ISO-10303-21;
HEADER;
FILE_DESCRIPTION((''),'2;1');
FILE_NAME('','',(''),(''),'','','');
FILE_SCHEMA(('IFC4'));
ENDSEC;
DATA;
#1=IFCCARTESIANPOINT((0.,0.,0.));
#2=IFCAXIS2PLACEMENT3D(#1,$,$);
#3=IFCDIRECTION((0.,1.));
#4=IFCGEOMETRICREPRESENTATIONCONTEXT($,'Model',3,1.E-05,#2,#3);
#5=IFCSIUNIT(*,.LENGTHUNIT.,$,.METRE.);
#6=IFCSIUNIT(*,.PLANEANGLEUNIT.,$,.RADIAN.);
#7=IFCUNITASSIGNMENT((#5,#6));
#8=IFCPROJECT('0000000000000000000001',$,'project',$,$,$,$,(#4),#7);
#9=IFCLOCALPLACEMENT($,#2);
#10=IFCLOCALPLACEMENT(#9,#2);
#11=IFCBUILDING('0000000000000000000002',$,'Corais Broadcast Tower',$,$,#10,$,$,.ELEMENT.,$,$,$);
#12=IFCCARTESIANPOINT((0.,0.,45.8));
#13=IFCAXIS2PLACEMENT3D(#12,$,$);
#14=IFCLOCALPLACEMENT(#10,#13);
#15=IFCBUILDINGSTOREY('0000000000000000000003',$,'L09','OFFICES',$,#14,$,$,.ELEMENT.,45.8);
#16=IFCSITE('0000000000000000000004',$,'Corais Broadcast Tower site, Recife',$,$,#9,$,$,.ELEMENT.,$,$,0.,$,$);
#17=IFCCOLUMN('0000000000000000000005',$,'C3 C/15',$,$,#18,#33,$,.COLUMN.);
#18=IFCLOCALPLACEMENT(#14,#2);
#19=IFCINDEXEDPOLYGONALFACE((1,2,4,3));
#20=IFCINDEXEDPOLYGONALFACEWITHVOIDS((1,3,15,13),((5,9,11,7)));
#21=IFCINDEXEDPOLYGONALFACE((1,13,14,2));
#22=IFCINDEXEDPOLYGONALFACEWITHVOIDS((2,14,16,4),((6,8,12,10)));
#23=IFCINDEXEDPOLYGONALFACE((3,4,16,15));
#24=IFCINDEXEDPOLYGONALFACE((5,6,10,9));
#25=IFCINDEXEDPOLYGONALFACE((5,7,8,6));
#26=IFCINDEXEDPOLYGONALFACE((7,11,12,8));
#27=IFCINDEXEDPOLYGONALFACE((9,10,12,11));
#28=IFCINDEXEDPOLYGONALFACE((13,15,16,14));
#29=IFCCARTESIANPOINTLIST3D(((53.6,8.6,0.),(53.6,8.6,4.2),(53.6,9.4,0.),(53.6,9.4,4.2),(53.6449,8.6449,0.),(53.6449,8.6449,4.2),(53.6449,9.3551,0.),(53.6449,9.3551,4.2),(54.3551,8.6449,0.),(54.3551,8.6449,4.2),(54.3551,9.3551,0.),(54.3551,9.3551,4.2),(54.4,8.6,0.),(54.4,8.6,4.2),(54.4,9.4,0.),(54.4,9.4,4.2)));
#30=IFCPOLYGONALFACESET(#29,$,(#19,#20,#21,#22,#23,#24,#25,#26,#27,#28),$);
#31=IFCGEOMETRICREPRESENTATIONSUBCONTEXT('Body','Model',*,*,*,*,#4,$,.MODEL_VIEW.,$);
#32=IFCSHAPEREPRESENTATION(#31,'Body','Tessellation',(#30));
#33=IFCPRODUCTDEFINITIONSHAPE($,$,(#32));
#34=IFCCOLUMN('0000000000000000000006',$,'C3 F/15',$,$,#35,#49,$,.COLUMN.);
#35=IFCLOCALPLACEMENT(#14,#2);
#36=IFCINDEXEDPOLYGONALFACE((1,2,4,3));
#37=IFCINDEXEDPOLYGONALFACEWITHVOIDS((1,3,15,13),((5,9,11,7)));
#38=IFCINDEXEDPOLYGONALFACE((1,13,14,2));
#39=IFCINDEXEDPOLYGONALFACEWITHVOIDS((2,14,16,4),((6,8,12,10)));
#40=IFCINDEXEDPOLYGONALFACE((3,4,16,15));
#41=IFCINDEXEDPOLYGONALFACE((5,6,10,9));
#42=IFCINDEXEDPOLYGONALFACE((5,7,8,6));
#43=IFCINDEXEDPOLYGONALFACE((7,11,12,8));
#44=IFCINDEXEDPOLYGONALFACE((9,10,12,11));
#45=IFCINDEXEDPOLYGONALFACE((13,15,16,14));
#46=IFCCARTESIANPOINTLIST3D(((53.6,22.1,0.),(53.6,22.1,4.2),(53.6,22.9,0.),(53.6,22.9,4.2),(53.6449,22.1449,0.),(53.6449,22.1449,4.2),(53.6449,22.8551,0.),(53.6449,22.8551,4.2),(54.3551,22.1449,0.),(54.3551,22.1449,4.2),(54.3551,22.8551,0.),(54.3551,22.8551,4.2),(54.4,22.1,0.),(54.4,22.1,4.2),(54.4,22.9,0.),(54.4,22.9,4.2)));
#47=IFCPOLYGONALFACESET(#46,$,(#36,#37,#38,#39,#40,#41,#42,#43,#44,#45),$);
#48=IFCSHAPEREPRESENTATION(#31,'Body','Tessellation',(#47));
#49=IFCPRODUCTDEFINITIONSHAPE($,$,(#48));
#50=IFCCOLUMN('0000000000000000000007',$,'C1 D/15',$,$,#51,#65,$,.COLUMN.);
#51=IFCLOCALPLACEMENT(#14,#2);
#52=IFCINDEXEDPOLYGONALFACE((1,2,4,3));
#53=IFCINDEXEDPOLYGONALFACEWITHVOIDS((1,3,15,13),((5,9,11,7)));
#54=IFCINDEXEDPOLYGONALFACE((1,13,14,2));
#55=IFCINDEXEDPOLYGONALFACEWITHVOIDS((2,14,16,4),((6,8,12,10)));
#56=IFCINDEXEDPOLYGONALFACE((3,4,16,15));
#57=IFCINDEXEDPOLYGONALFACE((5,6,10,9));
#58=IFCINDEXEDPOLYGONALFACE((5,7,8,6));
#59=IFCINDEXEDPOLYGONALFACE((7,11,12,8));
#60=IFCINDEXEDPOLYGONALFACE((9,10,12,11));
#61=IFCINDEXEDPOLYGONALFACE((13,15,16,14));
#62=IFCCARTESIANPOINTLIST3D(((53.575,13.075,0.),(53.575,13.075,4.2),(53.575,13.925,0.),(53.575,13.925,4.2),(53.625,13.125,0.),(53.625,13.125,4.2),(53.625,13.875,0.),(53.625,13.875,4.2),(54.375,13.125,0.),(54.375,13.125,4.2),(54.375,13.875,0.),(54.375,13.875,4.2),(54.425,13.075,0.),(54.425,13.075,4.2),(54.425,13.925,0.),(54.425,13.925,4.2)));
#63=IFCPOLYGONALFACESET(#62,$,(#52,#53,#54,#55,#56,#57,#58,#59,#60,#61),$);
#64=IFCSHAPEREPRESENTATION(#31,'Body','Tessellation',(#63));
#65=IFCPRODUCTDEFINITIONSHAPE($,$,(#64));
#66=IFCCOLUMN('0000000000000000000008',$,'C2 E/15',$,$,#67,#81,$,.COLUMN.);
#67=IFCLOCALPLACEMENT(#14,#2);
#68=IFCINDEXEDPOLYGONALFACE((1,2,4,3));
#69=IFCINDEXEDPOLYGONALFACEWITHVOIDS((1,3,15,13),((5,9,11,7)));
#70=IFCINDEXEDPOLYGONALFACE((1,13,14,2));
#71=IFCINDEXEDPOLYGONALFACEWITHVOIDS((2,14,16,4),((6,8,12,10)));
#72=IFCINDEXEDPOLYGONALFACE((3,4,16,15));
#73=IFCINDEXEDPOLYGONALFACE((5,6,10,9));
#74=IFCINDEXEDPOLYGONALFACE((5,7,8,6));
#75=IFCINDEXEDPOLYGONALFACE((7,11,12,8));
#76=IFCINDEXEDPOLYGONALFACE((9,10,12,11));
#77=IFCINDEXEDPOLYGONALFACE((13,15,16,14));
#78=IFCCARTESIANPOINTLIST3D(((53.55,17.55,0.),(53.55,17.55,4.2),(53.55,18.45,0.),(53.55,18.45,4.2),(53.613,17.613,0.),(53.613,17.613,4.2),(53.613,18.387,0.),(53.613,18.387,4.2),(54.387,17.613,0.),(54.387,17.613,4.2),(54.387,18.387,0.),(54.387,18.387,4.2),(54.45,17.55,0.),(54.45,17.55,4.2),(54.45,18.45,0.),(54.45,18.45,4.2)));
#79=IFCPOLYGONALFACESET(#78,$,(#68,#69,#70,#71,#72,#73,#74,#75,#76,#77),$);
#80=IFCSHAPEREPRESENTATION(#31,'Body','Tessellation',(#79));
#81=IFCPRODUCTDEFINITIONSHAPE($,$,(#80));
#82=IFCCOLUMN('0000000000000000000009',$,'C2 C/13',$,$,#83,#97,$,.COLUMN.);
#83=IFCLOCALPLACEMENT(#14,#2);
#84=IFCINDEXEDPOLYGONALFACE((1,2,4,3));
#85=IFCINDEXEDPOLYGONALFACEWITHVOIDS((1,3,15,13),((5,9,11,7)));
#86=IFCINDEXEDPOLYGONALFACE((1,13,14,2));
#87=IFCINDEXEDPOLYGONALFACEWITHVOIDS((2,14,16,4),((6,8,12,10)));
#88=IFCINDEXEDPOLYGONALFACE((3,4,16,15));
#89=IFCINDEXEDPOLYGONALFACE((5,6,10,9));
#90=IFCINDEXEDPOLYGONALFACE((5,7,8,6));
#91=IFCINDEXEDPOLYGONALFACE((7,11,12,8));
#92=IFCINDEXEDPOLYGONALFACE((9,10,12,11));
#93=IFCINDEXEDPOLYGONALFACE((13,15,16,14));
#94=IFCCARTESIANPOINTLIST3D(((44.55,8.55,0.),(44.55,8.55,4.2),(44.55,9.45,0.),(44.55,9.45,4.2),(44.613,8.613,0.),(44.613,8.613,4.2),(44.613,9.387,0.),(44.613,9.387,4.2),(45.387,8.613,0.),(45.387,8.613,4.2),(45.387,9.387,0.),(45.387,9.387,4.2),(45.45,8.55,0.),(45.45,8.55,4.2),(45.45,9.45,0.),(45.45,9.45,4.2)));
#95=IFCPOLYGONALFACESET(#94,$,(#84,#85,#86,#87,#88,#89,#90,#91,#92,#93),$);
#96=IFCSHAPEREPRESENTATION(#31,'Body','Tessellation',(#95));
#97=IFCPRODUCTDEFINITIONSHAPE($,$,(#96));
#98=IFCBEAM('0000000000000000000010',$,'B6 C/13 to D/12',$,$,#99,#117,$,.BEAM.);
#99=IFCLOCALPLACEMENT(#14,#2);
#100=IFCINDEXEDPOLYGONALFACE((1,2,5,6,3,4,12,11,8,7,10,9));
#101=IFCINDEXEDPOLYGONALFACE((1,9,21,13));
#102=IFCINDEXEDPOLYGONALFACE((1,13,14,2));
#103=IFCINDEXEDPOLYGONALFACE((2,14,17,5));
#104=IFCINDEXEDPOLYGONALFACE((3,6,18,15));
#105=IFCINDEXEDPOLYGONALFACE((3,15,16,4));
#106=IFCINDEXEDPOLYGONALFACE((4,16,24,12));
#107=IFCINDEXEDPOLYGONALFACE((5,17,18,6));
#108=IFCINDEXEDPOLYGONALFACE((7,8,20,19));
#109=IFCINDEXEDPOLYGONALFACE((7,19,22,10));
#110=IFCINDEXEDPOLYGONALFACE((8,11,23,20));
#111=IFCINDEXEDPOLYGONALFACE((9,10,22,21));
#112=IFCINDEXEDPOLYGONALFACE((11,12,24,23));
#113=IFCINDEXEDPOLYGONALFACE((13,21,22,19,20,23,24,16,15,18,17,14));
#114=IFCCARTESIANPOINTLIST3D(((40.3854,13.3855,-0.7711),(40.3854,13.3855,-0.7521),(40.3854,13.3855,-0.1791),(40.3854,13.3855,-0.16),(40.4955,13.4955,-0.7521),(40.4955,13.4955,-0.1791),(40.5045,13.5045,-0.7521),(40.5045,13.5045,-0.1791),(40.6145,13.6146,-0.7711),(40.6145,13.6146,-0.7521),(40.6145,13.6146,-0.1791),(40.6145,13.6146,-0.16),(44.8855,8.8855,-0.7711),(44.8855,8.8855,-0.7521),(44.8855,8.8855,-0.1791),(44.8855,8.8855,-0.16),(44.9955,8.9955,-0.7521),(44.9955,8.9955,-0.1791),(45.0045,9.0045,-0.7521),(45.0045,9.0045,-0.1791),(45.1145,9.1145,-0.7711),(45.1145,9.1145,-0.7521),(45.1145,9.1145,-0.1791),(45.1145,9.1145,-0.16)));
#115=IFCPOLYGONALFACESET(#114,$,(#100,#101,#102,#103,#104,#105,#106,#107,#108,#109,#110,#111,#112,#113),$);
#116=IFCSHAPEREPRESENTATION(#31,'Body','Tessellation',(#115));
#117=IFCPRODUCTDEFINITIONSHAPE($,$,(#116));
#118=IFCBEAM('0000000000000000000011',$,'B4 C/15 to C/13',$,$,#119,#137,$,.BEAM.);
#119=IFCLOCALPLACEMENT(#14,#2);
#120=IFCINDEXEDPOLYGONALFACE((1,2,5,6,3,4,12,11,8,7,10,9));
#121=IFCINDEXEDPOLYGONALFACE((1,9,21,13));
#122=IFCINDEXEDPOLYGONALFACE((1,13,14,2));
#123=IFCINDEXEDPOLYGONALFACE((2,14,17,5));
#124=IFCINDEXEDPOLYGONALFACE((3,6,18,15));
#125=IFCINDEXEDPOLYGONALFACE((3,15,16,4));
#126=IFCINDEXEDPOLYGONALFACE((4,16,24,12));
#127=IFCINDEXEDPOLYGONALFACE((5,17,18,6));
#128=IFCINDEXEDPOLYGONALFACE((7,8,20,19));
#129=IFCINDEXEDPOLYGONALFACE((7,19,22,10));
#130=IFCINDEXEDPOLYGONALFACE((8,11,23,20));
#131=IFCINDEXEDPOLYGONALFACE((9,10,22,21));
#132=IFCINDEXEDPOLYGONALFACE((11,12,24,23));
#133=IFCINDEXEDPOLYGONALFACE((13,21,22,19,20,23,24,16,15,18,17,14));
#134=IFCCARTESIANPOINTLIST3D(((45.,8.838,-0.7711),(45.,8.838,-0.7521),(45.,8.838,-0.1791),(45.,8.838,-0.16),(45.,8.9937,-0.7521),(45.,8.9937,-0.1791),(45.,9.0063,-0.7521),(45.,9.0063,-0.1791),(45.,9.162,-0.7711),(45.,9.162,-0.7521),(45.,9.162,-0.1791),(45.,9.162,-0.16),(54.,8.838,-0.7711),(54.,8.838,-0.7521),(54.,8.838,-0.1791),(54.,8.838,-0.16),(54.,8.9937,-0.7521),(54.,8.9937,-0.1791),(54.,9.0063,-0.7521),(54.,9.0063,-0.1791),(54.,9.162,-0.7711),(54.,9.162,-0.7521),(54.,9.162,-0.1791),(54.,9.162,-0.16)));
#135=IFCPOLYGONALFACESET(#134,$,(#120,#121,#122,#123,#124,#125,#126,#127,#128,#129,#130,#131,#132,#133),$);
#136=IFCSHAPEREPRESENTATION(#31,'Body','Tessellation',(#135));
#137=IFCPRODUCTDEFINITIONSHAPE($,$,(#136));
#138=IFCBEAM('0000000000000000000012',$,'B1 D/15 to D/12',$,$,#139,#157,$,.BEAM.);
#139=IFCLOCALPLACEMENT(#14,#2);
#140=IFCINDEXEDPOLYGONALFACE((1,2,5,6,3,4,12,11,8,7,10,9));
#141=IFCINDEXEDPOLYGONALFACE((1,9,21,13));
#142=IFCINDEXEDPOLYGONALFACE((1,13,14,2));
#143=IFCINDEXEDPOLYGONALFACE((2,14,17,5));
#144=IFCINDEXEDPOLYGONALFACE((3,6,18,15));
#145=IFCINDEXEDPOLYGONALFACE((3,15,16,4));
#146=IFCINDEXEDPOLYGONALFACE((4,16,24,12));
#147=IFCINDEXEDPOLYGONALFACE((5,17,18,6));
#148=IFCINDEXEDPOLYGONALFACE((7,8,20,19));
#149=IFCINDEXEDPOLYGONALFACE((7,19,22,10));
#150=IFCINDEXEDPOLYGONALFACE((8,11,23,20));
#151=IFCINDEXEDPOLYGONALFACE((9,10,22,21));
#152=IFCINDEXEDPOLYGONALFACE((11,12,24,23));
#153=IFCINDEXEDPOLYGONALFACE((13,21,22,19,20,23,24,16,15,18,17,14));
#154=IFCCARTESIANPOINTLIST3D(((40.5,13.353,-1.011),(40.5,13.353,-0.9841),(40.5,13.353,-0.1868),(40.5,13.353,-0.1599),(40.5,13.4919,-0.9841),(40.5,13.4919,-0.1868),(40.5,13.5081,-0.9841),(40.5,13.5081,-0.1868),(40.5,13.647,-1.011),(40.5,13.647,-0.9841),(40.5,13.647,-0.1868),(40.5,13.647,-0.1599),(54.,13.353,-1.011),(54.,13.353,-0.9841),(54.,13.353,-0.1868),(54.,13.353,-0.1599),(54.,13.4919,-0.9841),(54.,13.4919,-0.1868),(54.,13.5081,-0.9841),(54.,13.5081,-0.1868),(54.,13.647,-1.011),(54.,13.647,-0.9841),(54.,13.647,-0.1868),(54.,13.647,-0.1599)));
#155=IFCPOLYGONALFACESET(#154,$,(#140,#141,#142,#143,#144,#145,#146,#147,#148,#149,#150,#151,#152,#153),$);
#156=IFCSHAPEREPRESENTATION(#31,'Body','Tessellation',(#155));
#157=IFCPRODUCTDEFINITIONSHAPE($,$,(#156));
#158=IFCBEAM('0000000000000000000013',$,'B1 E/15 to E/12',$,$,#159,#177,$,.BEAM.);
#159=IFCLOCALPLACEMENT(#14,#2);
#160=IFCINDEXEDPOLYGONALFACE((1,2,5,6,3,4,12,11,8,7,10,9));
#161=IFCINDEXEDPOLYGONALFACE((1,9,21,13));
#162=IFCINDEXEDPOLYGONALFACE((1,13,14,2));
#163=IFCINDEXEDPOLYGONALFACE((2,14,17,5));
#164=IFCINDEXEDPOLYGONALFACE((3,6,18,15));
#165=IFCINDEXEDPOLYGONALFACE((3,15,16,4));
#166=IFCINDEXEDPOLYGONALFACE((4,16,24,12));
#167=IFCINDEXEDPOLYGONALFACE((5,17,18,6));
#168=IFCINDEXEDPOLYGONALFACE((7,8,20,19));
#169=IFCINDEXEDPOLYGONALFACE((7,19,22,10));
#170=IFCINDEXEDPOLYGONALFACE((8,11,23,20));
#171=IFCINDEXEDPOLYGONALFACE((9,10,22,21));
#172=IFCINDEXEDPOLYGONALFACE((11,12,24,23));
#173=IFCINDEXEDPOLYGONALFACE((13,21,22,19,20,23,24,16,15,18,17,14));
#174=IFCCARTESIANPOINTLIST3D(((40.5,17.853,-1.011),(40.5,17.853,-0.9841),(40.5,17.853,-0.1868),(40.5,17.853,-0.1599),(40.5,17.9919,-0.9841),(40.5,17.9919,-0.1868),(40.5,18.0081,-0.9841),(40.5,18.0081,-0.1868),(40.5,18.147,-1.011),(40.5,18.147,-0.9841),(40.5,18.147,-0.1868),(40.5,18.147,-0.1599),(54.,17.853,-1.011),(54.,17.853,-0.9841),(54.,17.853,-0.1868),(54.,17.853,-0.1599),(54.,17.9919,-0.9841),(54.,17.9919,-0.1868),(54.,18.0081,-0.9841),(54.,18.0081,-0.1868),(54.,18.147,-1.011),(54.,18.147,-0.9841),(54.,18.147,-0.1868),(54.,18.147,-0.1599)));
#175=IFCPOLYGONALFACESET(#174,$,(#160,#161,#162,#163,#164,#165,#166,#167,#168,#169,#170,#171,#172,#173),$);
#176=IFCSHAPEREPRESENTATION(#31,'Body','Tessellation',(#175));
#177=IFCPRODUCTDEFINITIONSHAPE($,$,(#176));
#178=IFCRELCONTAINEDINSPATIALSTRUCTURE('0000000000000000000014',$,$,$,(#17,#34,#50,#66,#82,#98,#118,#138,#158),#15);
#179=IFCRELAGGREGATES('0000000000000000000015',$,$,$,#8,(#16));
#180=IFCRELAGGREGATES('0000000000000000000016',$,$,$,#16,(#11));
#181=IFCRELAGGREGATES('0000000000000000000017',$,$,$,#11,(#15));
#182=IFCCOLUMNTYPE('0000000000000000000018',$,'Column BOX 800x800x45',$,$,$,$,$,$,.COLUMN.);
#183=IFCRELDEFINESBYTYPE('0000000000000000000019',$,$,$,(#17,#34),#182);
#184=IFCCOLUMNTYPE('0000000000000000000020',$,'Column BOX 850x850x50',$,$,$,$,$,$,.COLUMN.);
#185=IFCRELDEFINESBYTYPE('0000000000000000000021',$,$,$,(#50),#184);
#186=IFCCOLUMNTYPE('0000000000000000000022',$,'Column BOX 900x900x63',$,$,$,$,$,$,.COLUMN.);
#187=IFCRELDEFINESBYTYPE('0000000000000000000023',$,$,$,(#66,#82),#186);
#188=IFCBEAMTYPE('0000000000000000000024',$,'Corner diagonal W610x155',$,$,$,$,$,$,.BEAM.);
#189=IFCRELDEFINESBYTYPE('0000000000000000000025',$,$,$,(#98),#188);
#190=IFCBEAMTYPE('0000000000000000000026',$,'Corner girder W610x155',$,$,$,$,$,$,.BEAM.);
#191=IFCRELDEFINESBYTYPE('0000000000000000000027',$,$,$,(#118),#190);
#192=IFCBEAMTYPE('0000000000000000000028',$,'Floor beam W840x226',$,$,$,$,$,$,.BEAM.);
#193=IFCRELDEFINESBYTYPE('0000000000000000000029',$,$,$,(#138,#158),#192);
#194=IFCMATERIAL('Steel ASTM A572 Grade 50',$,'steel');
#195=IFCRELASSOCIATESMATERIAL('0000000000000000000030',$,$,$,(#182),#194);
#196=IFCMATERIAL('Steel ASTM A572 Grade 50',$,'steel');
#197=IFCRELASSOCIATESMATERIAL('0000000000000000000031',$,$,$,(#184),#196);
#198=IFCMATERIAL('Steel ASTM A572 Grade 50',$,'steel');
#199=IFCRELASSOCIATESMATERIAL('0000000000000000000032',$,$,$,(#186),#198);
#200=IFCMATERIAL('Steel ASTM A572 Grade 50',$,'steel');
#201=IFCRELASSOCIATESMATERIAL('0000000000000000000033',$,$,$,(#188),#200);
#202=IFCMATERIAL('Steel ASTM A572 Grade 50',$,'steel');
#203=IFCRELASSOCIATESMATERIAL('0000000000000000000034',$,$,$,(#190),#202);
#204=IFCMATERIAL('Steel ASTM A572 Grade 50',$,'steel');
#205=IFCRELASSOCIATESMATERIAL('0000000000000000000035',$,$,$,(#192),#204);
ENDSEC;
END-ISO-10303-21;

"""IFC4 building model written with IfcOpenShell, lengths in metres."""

from ifc_helpers import new_model, si_unit, direction, frame, origin, origin_2d, place, context, subcontext, project, spatial, hollow_rectangle, i_section, extrude, material, material_profile, profile_set, type_object, element, save


model = new_model("IFC4")

# Units and contexts
model_context = context("Model", 3, precision=1e-05, world=origin(), true_north=direction((0.0, 1.0)))
body_context = subcontext(model_context, "Body", "Model", "MODEL_VIEW")
ifc_project = project(units=[si_unit("LENGTHUNIT", "METRE"), si_unit("PLANEANGLEUNIT", "RADIAN")], contexts=[model_context])

# Site, building, storey
site_placement = place(None, origin())
site = spatial("IfcSite", under=ifc_project, at=site_placement, Name="Corais Broadcast Tower site, Recife", CompositionType="ELEMENT", RefElevation=0.0)
building_placement = place(site_placement, origin())
building = spatial("IfcBuilding", under=site, at=building_placement, Name="Corais Broadcast Tower", CompositionType="ELEMENT")
storey_placement = place(building_placement, frame((0.0, 0.0, 45.8)))
storey = spatial("IfcBuildingStorey", under=building, at=storey_placement, Name="L09", Description="OFFICES", CompositionType="ELEMENT", Elevation=45.8)

# Columns
ifc_material_1 = material(Name="Steel ASTM A572 Grade 50", Category="steel")
ifc_material_profile_1 = material_profile(ifc_material_1, hollow_rectangle(XDim=0.8, YDim=0.8, WallThickness=0.0449, at=origin_2d()), Name="BOX 800x800x45")
ifc_profile_set_1 = profile_set([ifc_material_profile_1], Name="Steel ASTM A572 Grade 50")
column_type_1 = type_object("IfcColumnType", Name="Column BOX 800x800x45", PredefinedType="COLUMN", material=ifc_profile_set_1)
for number, where, z_axis, x_axis, name in (
    (1, (54.0, 9.0, 0.0), (0.0, 0.0, 1.0), (1.0, 0.0, 0.0), "C3 C/15"),
    (2, (54.0, 22.5, 0.0), (0.0, 0.0, 1.0), (1.0, 0.0, 0.0), "C3 F/15"),
):
    element("IfcColumn", number, at=place(storey_placement, frame(where, z_axis=z_axis, x_axis=x_axis)), inside=storey, type_object=column_type_1, Name=name, PredefinedType="COLUMN", context=body_context, shape_type="SweptSolid", body=[
        extrude(hollow_rectangle(XDim=0.8, YDim=0.8, WallThickness=0.0449, at=origin_2d()), origin(), (0.0, 0.0, 1.0), 4.2),
    ])
ifc_material_2 = material(Name="Steel ASTM A572 Grade 50", Category="steel")
ifc_material_profile_2 = material_profile(ifc_material_2, hollow_rectangle(XDim=0.8501, YDim=0.8501, WallThickness=0.05, at=origin_2d()), Name="BOX 850x850x50")
ifc_profile_set_2 = profile_set([ifc_material_profile_2], Name="Steel ASTM A572 Grade 50")
column_type_2 = type_object("IfcColumnType", Name="Column BOX 850x850x50", PredefinedType="COLUMN", material=ifc_profile_set_2)
column_placement = place(storey_placement, frame((54.0, 13.5, 0.0), z_axis=(0.0, 0.0, 1.0), x_axis=(1.0, 0.0, 0.0)))
element("IfcColumn", 3, at=column_placement, inside=storey, type_object=column_type_2, Name="C1 D/15", PredefinedType="COLUMN", context=body_context, shape_type="SweptSolid", body=[
    extrude(hollow_rectangle(XDim=0.8501, YDim=0.8501, WallThickness=0.05, at=origin_2d()), origin(), (0.0, 0.0, 1.0), 4.2),
])
ifc_material_3 = material(Name="Steel ASTM A572 Grade 50", Category="steel")
ifc_material_profile_3 = material_profile(ifc_material_3, hollow_rectangle(XDim=0.8999, YDim=0.8999, WallThickness=0.063, at=origin_2d()), Name="BOX 900x900x63")
ifc_profile_set_3 = profile_set([ifc_material_profile_3], Name="Steel ASTM A572 Grade 50")
column_type_3 = type_object("IfcColumnType", Name="Column BOX 900x900x63", PredefinedType="COLUMN", material=ifc_profile_set_3)
for number, where, z_axis, x_axis, name in (
    (4, (54.0, 18.0, 0.0), (0.0, 0.0, 1.0), (1.0, 0.0, 0.0), "C2 E/15"),
    (5, (45.0, 9.0, 0.0), (0.0, 0.0, 1.0), (1.0, 0.0, 0.0), "C2 C/13"),
):
    element("IfcColumn", number, at=place(storey_placement, frame(where, z_axis=z_axis, x_axis=x_axis)), inside=storey, type_object=column_type_3, Name=name, PredefinedType="COLUMN", context=body_context, shape_type="SweptSolid", body=[
        extrude(hollow_rectangle(XDim=0.8999, YDim=0.8999, WallThickness=0.063, at=origin_2d()), origin(), (0.0, 0.0, 1.0), 4.2),
    ])

# Beams
ifc_material_4 = material(Name="Steel ASTM A572 Grade 50", Category="steel")
ifc_material_profile_4 = material_profile(ifc_material_4, i_section(OverallWidth=0.324, OverallDepth=0.6111, WebThickness=0.0127, FlangeThickness=0.019, at=origin_2d()), Name="W610x155")
ifc_profile_set_4 = profile_set([ifc_material_profile_4], Name="Steel ASTM A572 Grade 50")
beam_type_1 = type_object("IfcBeamType", Name="Corner diagonal W610x155", PredefinedType="BEAM", material=ifc_profile_set_4)
beam_1_placement = place(storey_placement, frame((45.0, 9.0, -0.4656), z_axis=(-0.707107, 0.707107, 0.0), x_axis=(-0.707107, -0.707107, 0.0)))
element("IfcBeam", 6, at=beam_1_placement, inside=storey, type_object=beam_type_1, Name="B6 C/13 to D/12", PredefinedType="BEAM", context=body_context, shape_type="SweptSolid", body=[
    extrude(i_section(OverallWidth=0.324, OverallDepth=0.6111, WebThickness=0.0127, FlangeThickness=0.019, at=origin_2d()), origin(), (0.0, 0.0, 1.0), 6.364),
])
ifc_material_5 = material(Name="Steel ASTM A572 Grade 50", Category="steel")
ifc_material_profile_5 = material_profile(ifc_material_5, i_section(OverallWidth=0.324, OverallDepth=0.6111, WebThickness=0.0127, FlangeThickness=0.019, at=origin_2d()), Name="W610x155")
ifc_profile_set_5 = profile_set([ifc_material_profile_5], Name="Steel ASTM A572 Grade 50")
beam_type_2 = type_object("IfcBeamType", Name="Corner girder W610x155", PredefinedType="BEAM", material=ifc_profile_set_5)
beam_2_placement = place(storey_placement, frame((54.0, 9.0, -0.4656), z_axis=(-1.0, 0.0, 0.0), x_axis=(0.0, -1.0, 0.0)))
element("IfcBeam", 7, at=beam_2_placement, inside=storey, type_object=beam_type_2, Name="B4 C/15 to C/13", PredefinedType="BEAM", context=body_context, shape_type="SweptSolid", body=[
    extrude(i_section(OverallWidth=0.324, OverallDepth=0.6111, WebThickness=0.0127, FlangeThickness=0.019, at=origin_2d()), origin(), (0.0, 0.0, 1.0), 9.0),
])
ifc_material_6 = material(Name="Steel ASTM A572 Grade 50", Category="steel")
ifc_material_profile_6 = material_profile(ifc_material_6, i_section(OverallWidth=0.2939, OverallDepth=0.8511, WebThickness=0.0161, FlangeThickness=0.0269, at=origin_2d()), Name="W840x226")
ifc_profile_set_6 = profile_set([ifc_material_profile_6], Name="Steel ASTM A572 Grade 50")
beam_type_3 = type_object("IfcBeamType", Name="Floor beam W840x226", PredefinedType="BEAM", material=ifc_profile_set_6)
for number, where, z_axis, x_axis, name in (
    (8, (54.0, 13.5, -0.5854), (-1.0, 0.0, 0.0), (0.0, -1.0, 0.0), "B1 D/15 to D/12"),
    (9, (54.0, 18.0, -0.5854), (-1.0, 0.0, 0.0), (0.0, -1.0, 0.0), "B1 E/15 to E/12"),
):
    element("IfcBeam", number, at=place(storey_placement, frame(where, z_axis=z_axis, x_axis=x_axis)), inside=storey, type_object=beam_type_3, Name=name, PredefinedType="BEAM", context=body_context, shape_type="SweptSolid", body=[
        extrude(i_section(OverallWidth=0.2939, OverallDepth=0.8511, WebThickness=0.0161, FlangeThickness=0.0269, at=origin_2d()), origin(), (0.0, 0.0, 1.0), 13.5),
    ])

save(model, "model.ifc")
